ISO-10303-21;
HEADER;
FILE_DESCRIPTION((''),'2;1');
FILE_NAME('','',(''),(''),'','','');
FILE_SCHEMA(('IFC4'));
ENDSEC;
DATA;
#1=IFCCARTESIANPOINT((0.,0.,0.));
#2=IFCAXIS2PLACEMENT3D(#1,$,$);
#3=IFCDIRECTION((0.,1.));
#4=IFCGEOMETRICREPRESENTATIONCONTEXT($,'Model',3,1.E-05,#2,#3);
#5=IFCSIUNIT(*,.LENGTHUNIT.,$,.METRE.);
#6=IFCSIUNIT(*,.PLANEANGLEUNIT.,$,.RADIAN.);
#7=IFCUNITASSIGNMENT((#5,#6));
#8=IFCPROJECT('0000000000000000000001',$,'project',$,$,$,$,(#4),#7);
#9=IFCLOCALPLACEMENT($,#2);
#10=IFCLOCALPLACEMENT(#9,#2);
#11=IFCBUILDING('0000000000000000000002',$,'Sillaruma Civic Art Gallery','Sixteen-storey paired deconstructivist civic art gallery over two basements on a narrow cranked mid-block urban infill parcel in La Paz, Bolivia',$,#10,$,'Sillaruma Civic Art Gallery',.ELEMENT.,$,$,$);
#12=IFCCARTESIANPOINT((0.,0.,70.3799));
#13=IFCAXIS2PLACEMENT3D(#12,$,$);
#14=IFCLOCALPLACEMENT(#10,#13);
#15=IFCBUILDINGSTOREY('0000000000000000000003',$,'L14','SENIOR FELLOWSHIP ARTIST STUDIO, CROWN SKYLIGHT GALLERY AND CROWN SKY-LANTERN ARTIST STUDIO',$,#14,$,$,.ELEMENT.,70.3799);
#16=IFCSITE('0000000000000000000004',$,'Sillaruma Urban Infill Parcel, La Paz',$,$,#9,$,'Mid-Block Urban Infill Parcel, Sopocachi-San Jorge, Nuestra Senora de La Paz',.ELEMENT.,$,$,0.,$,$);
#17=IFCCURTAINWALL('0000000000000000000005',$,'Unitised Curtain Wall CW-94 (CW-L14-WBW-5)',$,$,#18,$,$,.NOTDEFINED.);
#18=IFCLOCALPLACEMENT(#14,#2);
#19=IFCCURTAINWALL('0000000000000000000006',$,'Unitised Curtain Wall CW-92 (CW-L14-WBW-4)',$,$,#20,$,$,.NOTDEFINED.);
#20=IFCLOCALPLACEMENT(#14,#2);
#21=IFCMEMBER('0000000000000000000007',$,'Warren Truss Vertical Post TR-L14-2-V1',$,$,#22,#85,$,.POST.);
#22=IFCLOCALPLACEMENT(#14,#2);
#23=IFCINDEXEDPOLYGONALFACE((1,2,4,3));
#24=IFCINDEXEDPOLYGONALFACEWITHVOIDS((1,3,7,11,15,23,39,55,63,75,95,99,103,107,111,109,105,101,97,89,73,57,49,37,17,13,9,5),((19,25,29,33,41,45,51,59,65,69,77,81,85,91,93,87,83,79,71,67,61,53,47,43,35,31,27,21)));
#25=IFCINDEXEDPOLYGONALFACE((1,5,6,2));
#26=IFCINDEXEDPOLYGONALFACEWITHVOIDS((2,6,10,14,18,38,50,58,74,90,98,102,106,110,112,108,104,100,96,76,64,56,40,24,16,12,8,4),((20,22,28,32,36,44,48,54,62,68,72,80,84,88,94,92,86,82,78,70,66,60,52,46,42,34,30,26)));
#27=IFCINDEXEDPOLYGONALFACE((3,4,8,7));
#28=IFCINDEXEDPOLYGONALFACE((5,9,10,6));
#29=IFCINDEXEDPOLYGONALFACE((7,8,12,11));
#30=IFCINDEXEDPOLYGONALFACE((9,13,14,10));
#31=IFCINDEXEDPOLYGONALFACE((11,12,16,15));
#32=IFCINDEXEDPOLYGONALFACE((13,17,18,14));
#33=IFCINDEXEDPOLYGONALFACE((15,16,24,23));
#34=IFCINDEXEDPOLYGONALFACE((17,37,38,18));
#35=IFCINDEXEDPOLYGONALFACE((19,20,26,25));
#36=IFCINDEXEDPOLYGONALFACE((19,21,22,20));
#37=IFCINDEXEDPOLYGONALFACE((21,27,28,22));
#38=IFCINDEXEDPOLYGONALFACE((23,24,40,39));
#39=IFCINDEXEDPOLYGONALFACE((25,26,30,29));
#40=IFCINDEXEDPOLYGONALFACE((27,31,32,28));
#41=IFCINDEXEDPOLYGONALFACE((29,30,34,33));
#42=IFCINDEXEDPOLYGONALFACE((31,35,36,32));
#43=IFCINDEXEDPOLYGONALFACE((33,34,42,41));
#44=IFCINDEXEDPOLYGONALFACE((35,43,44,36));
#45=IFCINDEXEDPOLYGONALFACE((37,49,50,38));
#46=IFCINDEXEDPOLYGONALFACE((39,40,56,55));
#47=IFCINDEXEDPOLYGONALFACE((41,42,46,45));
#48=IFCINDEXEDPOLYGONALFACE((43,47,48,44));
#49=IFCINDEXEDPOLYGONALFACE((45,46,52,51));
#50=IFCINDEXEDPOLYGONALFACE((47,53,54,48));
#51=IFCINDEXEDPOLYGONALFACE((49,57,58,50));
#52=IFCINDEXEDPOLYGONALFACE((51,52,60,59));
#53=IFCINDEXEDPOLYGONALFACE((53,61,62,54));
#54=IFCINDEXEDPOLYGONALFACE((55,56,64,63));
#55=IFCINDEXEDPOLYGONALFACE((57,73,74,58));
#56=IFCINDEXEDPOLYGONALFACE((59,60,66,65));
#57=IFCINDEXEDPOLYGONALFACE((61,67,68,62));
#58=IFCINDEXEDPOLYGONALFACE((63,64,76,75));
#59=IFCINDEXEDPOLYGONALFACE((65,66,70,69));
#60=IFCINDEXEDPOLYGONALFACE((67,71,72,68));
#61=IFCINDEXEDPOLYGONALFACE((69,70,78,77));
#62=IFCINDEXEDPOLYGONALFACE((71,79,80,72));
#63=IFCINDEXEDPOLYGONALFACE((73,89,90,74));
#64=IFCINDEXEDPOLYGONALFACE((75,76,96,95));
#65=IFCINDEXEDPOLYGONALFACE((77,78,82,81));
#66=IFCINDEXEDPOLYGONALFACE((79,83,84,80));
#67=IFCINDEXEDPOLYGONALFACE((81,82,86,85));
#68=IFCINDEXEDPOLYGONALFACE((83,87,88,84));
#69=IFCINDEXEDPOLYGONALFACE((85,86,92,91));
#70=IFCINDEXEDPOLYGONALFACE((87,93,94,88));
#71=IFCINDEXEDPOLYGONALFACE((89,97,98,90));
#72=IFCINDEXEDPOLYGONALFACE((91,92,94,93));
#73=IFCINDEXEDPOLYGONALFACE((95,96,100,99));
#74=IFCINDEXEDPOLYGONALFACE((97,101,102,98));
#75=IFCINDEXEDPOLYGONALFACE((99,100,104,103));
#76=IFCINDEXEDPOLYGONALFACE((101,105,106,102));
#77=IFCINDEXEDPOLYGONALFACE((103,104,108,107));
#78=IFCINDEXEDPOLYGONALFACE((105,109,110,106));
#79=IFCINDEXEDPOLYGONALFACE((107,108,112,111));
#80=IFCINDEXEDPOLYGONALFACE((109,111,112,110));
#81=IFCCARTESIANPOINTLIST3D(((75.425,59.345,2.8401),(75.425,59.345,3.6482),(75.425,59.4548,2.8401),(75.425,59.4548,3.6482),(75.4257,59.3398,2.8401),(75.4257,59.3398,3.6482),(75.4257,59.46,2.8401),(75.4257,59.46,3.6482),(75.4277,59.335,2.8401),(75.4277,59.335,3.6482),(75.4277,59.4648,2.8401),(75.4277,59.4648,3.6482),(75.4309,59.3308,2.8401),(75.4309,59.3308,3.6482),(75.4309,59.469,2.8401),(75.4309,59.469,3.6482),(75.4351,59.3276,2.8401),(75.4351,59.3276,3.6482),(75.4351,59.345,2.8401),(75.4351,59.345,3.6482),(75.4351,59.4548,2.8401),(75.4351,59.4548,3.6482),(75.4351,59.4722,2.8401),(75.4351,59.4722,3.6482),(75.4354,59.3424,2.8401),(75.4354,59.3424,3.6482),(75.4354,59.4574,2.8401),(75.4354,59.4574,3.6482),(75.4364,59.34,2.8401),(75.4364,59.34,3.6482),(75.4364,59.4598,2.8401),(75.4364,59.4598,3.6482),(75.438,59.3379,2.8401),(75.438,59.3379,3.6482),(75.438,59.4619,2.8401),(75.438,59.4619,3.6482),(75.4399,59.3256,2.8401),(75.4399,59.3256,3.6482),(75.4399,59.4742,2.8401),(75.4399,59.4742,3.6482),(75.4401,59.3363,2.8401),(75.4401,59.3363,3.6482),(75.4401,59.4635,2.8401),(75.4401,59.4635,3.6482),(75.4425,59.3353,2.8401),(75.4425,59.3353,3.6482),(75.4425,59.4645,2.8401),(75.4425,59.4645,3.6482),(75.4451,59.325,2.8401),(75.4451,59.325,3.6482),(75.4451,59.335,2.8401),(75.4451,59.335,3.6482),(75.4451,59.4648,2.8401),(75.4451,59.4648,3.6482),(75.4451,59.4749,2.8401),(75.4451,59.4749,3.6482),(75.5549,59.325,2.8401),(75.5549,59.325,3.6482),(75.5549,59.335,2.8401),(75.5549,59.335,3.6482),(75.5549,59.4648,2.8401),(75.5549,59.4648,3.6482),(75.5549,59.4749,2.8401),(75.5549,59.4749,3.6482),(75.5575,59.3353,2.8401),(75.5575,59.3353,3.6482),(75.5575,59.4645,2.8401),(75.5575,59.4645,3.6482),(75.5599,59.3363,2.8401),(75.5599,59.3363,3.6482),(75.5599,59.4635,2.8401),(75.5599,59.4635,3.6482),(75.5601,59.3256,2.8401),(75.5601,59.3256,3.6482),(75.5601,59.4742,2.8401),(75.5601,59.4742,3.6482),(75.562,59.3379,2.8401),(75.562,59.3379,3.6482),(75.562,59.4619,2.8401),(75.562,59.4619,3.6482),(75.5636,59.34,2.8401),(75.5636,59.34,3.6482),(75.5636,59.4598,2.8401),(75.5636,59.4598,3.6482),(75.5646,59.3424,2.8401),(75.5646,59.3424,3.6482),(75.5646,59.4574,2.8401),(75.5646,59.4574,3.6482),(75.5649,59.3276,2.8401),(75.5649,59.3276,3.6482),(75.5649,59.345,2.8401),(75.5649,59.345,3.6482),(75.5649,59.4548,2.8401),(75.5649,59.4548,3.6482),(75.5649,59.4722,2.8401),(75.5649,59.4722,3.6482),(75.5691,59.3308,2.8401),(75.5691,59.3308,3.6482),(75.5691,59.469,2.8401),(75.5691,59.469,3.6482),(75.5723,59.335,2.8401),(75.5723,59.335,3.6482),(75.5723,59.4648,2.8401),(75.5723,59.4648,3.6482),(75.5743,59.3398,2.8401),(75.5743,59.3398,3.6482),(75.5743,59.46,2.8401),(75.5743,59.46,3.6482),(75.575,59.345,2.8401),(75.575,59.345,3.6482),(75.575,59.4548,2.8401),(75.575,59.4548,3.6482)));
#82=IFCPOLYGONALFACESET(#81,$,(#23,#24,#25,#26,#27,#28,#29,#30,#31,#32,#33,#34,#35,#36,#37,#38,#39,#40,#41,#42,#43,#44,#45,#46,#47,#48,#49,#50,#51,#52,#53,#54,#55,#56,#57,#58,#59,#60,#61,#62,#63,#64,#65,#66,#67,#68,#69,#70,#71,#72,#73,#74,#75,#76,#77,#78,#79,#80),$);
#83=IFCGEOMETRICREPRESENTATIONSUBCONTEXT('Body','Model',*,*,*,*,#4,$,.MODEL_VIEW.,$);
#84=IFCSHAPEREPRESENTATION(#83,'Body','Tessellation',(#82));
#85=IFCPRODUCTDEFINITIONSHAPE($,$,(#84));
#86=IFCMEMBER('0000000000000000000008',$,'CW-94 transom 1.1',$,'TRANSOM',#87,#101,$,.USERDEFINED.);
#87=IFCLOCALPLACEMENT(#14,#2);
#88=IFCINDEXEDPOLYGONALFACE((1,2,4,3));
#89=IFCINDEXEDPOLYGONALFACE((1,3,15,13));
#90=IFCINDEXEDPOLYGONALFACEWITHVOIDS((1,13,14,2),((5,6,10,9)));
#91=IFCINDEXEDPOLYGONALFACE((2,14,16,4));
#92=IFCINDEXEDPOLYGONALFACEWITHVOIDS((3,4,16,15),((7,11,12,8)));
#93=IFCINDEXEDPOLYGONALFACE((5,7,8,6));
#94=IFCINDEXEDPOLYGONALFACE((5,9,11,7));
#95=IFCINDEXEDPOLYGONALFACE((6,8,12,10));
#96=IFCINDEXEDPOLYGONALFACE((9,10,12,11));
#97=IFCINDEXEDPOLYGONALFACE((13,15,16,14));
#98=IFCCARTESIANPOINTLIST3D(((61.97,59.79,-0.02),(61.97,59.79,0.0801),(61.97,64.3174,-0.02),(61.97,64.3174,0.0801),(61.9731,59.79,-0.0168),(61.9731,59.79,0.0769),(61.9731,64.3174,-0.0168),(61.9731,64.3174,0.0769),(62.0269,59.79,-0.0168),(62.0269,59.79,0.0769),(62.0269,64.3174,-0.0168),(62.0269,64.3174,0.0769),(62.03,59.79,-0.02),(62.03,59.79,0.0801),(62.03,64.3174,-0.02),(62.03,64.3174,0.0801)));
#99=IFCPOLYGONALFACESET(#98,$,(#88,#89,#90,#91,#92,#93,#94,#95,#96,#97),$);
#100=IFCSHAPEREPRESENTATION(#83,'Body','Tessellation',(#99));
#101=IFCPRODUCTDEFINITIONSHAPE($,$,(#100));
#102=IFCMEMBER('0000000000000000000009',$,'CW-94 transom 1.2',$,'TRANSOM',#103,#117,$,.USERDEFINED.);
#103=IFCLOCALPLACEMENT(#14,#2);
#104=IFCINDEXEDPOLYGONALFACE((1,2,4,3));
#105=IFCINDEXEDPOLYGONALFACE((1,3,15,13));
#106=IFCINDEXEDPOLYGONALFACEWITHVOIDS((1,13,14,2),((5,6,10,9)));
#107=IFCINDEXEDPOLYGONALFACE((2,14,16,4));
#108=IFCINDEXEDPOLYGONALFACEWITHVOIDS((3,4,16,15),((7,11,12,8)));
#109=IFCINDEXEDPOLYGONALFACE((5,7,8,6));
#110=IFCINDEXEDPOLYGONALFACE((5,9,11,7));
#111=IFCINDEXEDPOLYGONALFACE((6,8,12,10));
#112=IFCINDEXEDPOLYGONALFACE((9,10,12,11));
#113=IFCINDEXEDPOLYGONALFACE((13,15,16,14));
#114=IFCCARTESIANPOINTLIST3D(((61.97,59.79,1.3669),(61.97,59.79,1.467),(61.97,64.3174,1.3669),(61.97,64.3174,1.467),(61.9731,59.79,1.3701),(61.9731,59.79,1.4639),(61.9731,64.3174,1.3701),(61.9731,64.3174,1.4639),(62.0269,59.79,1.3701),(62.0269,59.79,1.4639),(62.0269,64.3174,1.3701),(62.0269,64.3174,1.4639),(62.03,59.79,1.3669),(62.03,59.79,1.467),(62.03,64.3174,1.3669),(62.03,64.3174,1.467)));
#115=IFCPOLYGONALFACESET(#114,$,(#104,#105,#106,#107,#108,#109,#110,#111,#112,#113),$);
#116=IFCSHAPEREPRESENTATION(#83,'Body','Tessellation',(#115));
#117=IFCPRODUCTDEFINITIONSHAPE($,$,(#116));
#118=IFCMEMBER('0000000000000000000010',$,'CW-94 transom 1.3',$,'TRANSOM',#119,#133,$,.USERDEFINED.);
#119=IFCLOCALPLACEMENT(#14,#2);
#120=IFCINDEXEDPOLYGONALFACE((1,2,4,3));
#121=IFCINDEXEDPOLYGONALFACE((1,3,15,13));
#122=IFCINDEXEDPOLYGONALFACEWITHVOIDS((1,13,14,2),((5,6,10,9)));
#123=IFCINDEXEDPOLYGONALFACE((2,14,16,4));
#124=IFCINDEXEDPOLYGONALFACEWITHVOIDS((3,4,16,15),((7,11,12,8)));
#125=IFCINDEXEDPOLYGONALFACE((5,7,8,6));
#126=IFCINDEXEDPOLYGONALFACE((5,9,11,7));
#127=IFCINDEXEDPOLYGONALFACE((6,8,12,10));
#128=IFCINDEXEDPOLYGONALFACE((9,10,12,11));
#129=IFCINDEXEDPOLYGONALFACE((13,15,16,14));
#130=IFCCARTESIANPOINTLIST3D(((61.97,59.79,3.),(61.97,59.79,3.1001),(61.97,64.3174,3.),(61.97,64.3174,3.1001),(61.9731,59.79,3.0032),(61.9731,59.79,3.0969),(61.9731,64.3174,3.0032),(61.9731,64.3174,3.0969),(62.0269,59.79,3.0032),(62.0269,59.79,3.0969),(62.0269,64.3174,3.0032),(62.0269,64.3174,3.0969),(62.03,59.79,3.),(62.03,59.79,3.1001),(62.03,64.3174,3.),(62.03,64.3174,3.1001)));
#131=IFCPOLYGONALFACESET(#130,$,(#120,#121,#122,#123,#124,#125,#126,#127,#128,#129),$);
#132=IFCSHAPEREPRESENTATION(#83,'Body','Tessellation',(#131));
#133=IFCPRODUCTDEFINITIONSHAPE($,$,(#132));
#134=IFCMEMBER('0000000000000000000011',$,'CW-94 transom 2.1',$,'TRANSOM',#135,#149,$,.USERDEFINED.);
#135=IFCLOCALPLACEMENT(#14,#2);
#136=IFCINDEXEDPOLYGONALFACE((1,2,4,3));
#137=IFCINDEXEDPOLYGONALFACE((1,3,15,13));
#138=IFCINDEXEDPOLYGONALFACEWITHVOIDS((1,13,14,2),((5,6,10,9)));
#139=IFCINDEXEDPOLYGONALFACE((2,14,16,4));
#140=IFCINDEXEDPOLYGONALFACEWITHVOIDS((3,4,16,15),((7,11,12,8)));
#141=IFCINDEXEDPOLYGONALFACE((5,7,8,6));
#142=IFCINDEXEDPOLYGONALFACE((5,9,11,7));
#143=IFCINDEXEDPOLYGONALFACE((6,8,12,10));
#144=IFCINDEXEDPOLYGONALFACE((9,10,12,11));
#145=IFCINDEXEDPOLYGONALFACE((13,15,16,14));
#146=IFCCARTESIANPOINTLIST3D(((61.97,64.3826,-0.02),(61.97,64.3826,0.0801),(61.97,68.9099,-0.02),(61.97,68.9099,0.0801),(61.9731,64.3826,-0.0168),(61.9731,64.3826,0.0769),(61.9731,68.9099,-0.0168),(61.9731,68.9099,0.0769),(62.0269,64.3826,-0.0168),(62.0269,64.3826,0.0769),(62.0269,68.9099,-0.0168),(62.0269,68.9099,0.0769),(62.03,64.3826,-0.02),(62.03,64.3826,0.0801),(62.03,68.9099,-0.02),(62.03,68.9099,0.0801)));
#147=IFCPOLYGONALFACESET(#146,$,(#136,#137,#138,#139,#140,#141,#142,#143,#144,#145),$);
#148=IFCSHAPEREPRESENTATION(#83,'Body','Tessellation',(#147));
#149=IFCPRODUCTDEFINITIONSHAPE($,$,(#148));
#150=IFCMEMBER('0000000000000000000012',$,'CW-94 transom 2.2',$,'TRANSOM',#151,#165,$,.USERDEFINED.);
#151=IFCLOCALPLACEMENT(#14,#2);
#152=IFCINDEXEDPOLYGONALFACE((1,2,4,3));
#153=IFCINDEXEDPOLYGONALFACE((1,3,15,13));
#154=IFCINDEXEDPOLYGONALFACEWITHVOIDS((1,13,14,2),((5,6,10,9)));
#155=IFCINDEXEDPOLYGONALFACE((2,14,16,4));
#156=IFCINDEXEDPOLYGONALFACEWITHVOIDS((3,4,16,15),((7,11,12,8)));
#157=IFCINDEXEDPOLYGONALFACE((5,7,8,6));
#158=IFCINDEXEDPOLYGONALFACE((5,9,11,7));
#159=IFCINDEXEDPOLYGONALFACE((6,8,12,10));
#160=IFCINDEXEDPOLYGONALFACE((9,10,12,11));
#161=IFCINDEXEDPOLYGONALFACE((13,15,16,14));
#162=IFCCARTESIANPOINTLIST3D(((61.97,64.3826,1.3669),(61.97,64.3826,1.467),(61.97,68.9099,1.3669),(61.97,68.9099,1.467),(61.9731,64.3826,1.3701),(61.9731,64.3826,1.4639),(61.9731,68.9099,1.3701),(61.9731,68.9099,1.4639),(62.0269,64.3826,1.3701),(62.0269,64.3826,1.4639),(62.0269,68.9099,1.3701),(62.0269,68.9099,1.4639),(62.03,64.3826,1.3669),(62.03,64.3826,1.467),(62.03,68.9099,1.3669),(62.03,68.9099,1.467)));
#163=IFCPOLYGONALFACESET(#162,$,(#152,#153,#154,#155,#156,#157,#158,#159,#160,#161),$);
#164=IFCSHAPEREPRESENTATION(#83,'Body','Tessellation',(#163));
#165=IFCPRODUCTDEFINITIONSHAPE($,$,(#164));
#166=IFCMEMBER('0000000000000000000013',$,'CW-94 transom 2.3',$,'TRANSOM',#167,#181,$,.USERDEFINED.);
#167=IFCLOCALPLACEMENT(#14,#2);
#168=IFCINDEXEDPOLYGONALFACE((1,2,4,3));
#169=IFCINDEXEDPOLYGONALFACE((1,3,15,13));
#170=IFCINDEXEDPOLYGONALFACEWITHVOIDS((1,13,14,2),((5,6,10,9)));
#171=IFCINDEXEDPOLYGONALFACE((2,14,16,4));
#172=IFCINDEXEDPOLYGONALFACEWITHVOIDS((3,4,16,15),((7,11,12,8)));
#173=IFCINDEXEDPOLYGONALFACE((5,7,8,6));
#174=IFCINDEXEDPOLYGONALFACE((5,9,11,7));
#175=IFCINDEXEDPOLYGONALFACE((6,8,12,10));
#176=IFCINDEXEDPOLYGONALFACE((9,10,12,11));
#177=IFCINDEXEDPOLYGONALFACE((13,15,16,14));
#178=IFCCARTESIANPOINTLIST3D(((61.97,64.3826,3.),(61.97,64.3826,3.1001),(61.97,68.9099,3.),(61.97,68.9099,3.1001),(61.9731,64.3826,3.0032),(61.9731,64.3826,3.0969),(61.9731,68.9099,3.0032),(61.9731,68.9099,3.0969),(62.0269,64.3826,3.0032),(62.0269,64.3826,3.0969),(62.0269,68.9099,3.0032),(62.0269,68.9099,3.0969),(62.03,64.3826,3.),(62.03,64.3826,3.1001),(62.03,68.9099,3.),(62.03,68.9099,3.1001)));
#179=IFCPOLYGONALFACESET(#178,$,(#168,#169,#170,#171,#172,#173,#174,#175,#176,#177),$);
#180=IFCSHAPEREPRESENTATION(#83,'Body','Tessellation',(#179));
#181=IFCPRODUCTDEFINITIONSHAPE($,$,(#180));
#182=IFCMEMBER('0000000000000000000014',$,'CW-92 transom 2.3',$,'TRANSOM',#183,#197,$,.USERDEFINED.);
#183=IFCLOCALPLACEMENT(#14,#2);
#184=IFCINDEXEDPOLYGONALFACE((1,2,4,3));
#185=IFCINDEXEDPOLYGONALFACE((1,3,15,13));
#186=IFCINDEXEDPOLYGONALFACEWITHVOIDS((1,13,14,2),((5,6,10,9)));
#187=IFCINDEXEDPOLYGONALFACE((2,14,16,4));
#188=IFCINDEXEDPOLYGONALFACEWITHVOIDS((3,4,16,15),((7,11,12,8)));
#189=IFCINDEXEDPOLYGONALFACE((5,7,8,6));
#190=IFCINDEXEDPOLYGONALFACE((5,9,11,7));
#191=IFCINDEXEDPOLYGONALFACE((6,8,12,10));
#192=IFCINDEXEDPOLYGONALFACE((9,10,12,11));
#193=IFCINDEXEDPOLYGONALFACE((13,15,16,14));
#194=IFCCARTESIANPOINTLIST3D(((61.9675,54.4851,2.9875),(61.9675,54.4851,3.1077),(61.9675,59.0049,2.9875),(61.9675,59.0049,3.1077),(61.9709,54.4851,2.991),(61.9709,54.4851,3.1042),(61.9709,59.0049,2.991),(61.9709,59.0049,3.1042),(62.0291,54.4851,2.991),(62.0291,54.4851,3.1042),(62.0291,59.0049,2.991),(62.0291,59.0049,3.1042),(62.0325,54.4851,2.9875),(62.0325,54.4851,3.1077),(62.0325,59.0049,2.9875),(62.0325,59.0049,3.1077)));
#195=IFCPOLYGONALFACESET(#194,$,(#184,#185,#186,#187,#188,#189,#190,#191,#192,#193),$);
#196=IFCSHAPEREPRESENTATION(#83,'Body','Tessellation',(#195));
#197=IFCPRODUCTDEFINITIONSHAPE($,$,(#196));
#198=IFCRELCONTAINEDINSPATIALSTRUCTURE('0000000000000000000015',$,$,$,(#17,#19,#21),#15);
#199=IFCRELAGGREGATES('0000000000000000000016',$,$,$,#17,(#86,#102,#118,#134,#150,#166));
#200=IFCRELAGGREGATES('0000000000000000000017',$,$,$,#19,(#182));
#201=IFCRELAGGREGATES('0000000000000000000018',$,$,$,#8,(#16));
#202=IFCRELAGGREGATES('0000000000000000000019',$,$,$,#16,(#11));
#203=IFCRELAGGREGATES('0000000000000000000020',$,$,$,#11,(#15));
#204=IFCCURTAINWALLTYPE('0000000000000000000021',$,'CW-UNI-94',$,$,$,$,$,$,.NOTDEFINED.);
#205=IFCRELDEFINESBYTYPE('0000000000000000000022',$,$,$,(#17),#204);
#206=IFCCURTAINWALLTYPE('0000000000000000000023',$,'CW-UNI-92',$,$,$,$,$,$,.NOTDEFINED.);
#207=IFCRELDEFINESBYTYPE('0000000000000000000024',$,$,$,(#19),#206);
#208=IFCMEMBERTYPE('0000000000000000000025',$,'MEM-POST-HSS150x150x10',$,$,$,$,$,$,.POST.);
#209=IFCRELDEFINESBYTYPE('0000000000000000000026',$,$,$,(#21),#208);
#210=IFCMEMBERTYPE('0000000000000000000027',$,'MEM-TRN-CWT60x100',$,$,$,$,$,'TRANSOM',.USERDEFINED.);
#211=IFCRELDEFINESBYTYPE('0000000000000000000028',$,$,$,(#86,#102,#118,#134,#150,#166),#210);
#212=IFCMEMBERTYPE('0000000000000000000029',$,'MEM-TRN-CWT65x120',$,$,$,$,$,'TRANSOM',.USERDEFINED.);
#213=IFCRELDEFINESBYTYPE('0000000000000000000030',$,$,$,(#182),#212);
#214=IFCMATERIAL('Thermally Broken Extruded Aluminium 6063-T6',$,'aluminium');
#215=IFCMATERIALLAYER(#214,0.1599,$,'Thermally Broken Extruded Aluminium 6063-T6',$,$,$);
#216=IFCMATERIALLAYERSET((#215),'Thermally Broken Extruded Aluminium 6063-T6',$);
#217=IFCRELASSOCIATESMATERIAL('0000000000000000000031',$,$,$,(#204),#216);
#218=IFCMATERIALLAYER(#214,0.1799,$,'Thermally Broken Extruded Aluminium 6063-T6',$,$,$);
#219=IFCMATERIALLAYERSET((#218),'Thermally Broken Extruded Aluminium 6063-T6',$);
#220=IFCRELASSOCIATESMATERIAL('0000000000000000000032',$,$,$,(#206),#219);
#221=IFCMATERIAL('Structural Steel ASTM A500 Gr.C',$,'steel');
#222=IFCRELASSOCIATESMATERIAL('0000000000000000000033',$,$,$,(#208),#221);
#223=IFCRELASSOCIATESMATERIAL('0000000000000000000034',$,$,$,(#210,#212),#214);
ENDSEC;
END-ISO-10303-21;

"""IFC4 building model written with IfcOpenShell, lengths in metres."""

from ifc_helpers import new_model, si_unit, direction, frame, origin, origin_2d, place, context, subcontext, project, spatial, hollow_rectangle, extrude, material, layer, layer_set, material_profile, profile_set, type_object, element, aggregate, save


model = new_model("IFC4")

# Units and contexts
model_context = context("Model", 3, precision=1e-05, world=origin(), true_north=direction((0.0, 1.0)))
body_context = subcontext(model_context, "Body", "Model", "MODEL_VIEW")
ifc_project = project(units=[si_unit("LENGTHUNIT", "METRE"), si_unit("PLANEANGLEUNIT", "RADIAN")], contexts=[model_context])

# Site, building, storey
site_placement = place(None, origin())
site = spatial("IfcSite", under=ifc_project, at=site_placement, Name="Sillaruma Urban Infill Parcel, La Paz", LongName="Mid-Block Urban Infill Parcel, Sopocachi-San Jorge, Nuestra Senora de La Paz", CompositionType="ELEMENT", RefElevation=0.0)
building_placement = place(site_placement, origin())
building = spatial("IfcBuilding", under=site, at=building_placement, Name="Sillaruma Civic Art Gallery", Description="Sixteen-storey paired deconstructivist civic art gallery over two basements on a narrow cranked mid-block urban infill parcel in La Paz, Bolivia", LongName="Sillaruma Civic Art Gallery", CompositionType="ELEMENT")
storey_placement = place(building_placement, frame((0.0, 0.0, 70.3799)))
storey = spatial("IfcBuildingStorey", under=building, at=storey_placement, Name="L14", Description="SENIOR FELLOWSHIP ARTIST STUDIO, CROWN SKYLIGHT GALLERY AND CROWN SKY-LANTERN ARTIST STUDIO", CompositionType="ELEMENT", Elevation=70.3799)

# Shared definitions
ifc_material_1 = material(Name="Structural Steel ASTM A500 Gr.C", Category="steel")

# Curtain wall
ifc_material_2 = material(Name="Thermally Broken Extruded Aluminium 6063-T6", Category="aluminium")
ifc_layer_1 = layer(ifc_material_2, 0.1599, Name="Thermally Broken Extruded Aluminium 6063-T6")
ifc_layer_set_1 = layer_set([ifc_layer_1], Name="Thermally Broken Extruded Aluminium 6063-T6")
curtain_wall_type_1 = type_object("IfcCurtainWallType", Name="CW-UNI-94", PredefinedType="NOTDEFINED", material=ifc_layer_set_1)
curtain_wall_1_placement = place(storey_placement, origin())
curtain_wall_1 = element("IfcCurtainWall", 1, at=curtain_wall_1_placement, inside=storey, type_object=curtain_wall_type_1, Name="Unitised Curtain Wall CW-94 (CW-L14-WBW-5)", PredefinedType="NOTDEFINED")

# Curtain wall
ifc_layer_2 = layer(ifc_material_2, 0.1799, Name="Thermally Broken Extruded Aluminium 6063-T6")
ifc_layer_set_2 = layer_set([ifc_layer_2], Name="Thermally Broken Extruded Aluminium 6063-T6")
curtain_wall_type_2 = type_object("IfcCurtainWallType", Name="CW-UNI-92", PredefinedType="NOTDEFINED", material=ifc_layer_set_2)
curtain_wall_2_placement = place(storey_placement, origin())
curtain_wall_2 = element("IfcCurtainWall", 2, at=curtain_wall_2_placement, inside=storey, type_object=curtain_wall_type_2, Name="Unitised Curtain Wall CW-92 (CW-L14-WBW-4)", PredefinedType="NOTDEFINED")

# Members
ifc_material_profile_1 = material_profile(ifc_material_1, hollow_rectangle(XDim=0.1499, YDim=0.1499, WallThickness=0.01, InnerFilletRadius=0.01, OuterFilletRadius=0.02, at=origin_2d()), Name="HSS150x150x10")
ifc_profile_set_1 = profile_set([ifc_material_profile_1], Name="Structural Steel ASTM A500 Gr.C")
member_type_1 = type_object("IfcMemberType", Name="MEM-POST-HSS150x150x10", PredefinedType="POST", material=ifc_profile_set_1)
member_1_placement = place(storey_placement, frame((75.5, 59.3999, 2.8401), z_axis=(0.0, 0.0, 1.0), x_axis=(1.0, 0.0, 0.0)))
element("IfcMember", 3, at=member_1_placement, inside=storey, type_object=member_type_1, Name="Warren Truss Vertical Post TR-L14-2-V1", PredefinedType="POST", context=body_context, shape_type="SweptSolid", body=[
    extrude(hollow_rectangle(XDim=0.1499, YDim=0.1499, WallThickness=0.01, InnerFilletRadius=0.01, OuterFilletRadius=0.02, at=origin_2d()), origin(), (0.0, 0.0, 1.0), 0.8081),
])
ifc_material_profile_2 = material_profile(ifc_material_2, hollow_rectangle(XDim=0.0601, YDim=0.1001, WallThickness=0.0032, at=origin_2d()), Name="CWT60x100")
ifc_profile_set_2 = profile_set([ifc_material_profile_2], Name="Thermally Broken Extruded Aluminium 6063-T6")
member_type_2 = type_object("IfcMemberType", Name="MEM-TRN-CWT60x100", ElementType="TRANSOM", PredefinedType="USERDEFINED", material=ifc_profile_set_2)
member_2_placement = place(storey_placement, frame((62.0, 59.79, 0.03), z_axis=(0.0, 1.0, 0.0), x_axis=(-1.0, 0.0, 0.0)))
member_2 = element("IfcMember", 4, at=member_2_placement, type_object=member_type_2, Name="CW-94 transom 1.1", ObjectType="TRANSOM", PredefinedType="USERDEFINED", context=body_context, shape_type="SweptSolid", body=[
    extrude(hollow_rectangle(XDim=0.0601, YDim=0.1001, WallThickness=0.0032, at=origin_2d()), origin(), (0.0, 0.0, 1.0), 4.5273),
])
member_3_placement = place(storey_placement, frame((62.0, 59.79, 1.417), z_axis=(0.0, 1.0, 0.0), x_axis=(-1.0, 0.0, 0.0)))
member_3 = element("IfcMember", 5, at=member_3_placement, type_object=member_type_2, Name="CW-94 transom 1.2", ObjectType="TRANSOM", PredefinedType="USERDEFINED", context=body_context, shape_type="SweptSolid", body=[
    extrude(hollow_rectangle(XDim=0.0601, YDim=0.1001, WallThickness=0.0032, at=origin_2d()), origin(), (0.0, 0.0, 1.0), 4.5273),
])
member_4_placement = place(storey_placement, frame((62.0, 59.79, 3.05), z_axis=(0.0, 1.0, 0.0), x_axis=(-1.0, 0.0, 0.0)))
member_4 = element("IfcMember", 6, at=member_4_placement, type_object=member_type_2, Name="CW-94 transom 1.3", ObjectType="TRANSOM", PredefinedType="USERDEFINED", context=body_context, shape_type="SweptSolid", body=[
    extrude(hollow_rectangle(XDim=0.0601, YDim=0.1001, WallThickness=0.0032, at=origin_2d()), origin(), (0.0, 0.0, 1.0), 4.5273),
])
member_5_placement = place(storey_placement, frame((62.0, 64.3826, 0.03), z_axis=(0.0, 1.0, 0.0), x_axis=(-1.0, 0.0, 0.0)))
member_5 = element("IfcMember", 7, at=member_5_placement, type_object=member_type_2, Name="CW-94 transom 2.1", ObjectType="TRANSOM", PredefinedType="USERDEFINED", context=body_context, shape_type="SweptSolid", body=[
    extrude(hollow_rectangle(XDim=0.0601, YDim=0.1001, WallThickness=0.0032, at=origin_2d()), origin(), (0.0, 0.0, 1.0), 4.5273),
])
member_6_placement = place(storey_placement, frame((62.0, 64.3826, 1.417), z_axis=(0.0, 1.0, 0.0), x_axis=(-1.0, 0.0, 0.0)))
member_6 = element("IfcMember", 8, at=member_6_placement, type_object=member_type_2, Name="CW-94 transom 2.2", ObjectType="TRANSOM", PredefinedType="USERDEFINED", context=body_context, shape_type="SweptSolid", body=[
    extrude(hollow_rectangle(XDim=0.0601, YDim=0.1001, WallThickness=0.0032, at=origin_2d()), origin(), (0.0, 0.0, 1.0), 4.5273),
])
member_7_placement = place(storey_placement, frame((62.0, 64.3826, 3.05), z_axis=(0.0, 1.0, 0.0), x_axis=(-1.0, 0.0, 0.0)))
member_7 = element("IfcMember", 9, at=member_7_placement, type_object=member_type_2, Name="CW-94 transom 2.3", ObjectType="TRANSOM", PredefinedType="USERDEFINED", context=body_context, shape_type="SweptSolid", body=[
    extrude(hollow_rectangle(XDim=0.0601, YDim=0.1001, WallThickness=0.0032, at=origin_2d()), origin(), (0.0, 0.0, 1.0), 4.5273),
])
ifc_material_profile_3 = material_profile(ifc_material_2, hollow_rectangle(XDim=0.0649, YDim=0.1201, WallThickness=0.0034, at=origin_2d()), Name="CWT65x120")
ifc_profile_set_3 = profile_set([ifc_material_profile_3], Name="Thermally Broken Extruded Aluminium 6063-T6")
member_type_3 = type_object("IfcMemberType", Name="MEM-TRN-CWT65x120", ElementType="TRANSOM", PredefinedType="USERDEFINED", material=ifc_profile_set_3)
member_8_placement = place(storey_placement, frame((62.0, 54.4851, 3.0476), z_axis=(0.0, 1.0, 0.0), x_axis=(-1.0, 0.0, 0.0)))
member_8 = element("IfcMember", 10, at=member_8_placement, type_object=member_type_3, Name="CW-92 transom 2.3", ObjectType="TRANSOM", PredefinedType="USERDEFINED", context=body_context, shape_type="SweptSolid", body=[
    extrude(hollow_rectangle(XDim=0.0649, YDim=0.1201, WallThickness=0.0034, at=origin_2d()), origin(), (0.0, 0.0, 1.0), 4.5198),
])

aggregate(curtain_wall_1, [member_2, member_3, member_4, member_5, member_6, member_7])
aggregate(curtain_wall_2, [member_8])

save(model, "model.ifc")
